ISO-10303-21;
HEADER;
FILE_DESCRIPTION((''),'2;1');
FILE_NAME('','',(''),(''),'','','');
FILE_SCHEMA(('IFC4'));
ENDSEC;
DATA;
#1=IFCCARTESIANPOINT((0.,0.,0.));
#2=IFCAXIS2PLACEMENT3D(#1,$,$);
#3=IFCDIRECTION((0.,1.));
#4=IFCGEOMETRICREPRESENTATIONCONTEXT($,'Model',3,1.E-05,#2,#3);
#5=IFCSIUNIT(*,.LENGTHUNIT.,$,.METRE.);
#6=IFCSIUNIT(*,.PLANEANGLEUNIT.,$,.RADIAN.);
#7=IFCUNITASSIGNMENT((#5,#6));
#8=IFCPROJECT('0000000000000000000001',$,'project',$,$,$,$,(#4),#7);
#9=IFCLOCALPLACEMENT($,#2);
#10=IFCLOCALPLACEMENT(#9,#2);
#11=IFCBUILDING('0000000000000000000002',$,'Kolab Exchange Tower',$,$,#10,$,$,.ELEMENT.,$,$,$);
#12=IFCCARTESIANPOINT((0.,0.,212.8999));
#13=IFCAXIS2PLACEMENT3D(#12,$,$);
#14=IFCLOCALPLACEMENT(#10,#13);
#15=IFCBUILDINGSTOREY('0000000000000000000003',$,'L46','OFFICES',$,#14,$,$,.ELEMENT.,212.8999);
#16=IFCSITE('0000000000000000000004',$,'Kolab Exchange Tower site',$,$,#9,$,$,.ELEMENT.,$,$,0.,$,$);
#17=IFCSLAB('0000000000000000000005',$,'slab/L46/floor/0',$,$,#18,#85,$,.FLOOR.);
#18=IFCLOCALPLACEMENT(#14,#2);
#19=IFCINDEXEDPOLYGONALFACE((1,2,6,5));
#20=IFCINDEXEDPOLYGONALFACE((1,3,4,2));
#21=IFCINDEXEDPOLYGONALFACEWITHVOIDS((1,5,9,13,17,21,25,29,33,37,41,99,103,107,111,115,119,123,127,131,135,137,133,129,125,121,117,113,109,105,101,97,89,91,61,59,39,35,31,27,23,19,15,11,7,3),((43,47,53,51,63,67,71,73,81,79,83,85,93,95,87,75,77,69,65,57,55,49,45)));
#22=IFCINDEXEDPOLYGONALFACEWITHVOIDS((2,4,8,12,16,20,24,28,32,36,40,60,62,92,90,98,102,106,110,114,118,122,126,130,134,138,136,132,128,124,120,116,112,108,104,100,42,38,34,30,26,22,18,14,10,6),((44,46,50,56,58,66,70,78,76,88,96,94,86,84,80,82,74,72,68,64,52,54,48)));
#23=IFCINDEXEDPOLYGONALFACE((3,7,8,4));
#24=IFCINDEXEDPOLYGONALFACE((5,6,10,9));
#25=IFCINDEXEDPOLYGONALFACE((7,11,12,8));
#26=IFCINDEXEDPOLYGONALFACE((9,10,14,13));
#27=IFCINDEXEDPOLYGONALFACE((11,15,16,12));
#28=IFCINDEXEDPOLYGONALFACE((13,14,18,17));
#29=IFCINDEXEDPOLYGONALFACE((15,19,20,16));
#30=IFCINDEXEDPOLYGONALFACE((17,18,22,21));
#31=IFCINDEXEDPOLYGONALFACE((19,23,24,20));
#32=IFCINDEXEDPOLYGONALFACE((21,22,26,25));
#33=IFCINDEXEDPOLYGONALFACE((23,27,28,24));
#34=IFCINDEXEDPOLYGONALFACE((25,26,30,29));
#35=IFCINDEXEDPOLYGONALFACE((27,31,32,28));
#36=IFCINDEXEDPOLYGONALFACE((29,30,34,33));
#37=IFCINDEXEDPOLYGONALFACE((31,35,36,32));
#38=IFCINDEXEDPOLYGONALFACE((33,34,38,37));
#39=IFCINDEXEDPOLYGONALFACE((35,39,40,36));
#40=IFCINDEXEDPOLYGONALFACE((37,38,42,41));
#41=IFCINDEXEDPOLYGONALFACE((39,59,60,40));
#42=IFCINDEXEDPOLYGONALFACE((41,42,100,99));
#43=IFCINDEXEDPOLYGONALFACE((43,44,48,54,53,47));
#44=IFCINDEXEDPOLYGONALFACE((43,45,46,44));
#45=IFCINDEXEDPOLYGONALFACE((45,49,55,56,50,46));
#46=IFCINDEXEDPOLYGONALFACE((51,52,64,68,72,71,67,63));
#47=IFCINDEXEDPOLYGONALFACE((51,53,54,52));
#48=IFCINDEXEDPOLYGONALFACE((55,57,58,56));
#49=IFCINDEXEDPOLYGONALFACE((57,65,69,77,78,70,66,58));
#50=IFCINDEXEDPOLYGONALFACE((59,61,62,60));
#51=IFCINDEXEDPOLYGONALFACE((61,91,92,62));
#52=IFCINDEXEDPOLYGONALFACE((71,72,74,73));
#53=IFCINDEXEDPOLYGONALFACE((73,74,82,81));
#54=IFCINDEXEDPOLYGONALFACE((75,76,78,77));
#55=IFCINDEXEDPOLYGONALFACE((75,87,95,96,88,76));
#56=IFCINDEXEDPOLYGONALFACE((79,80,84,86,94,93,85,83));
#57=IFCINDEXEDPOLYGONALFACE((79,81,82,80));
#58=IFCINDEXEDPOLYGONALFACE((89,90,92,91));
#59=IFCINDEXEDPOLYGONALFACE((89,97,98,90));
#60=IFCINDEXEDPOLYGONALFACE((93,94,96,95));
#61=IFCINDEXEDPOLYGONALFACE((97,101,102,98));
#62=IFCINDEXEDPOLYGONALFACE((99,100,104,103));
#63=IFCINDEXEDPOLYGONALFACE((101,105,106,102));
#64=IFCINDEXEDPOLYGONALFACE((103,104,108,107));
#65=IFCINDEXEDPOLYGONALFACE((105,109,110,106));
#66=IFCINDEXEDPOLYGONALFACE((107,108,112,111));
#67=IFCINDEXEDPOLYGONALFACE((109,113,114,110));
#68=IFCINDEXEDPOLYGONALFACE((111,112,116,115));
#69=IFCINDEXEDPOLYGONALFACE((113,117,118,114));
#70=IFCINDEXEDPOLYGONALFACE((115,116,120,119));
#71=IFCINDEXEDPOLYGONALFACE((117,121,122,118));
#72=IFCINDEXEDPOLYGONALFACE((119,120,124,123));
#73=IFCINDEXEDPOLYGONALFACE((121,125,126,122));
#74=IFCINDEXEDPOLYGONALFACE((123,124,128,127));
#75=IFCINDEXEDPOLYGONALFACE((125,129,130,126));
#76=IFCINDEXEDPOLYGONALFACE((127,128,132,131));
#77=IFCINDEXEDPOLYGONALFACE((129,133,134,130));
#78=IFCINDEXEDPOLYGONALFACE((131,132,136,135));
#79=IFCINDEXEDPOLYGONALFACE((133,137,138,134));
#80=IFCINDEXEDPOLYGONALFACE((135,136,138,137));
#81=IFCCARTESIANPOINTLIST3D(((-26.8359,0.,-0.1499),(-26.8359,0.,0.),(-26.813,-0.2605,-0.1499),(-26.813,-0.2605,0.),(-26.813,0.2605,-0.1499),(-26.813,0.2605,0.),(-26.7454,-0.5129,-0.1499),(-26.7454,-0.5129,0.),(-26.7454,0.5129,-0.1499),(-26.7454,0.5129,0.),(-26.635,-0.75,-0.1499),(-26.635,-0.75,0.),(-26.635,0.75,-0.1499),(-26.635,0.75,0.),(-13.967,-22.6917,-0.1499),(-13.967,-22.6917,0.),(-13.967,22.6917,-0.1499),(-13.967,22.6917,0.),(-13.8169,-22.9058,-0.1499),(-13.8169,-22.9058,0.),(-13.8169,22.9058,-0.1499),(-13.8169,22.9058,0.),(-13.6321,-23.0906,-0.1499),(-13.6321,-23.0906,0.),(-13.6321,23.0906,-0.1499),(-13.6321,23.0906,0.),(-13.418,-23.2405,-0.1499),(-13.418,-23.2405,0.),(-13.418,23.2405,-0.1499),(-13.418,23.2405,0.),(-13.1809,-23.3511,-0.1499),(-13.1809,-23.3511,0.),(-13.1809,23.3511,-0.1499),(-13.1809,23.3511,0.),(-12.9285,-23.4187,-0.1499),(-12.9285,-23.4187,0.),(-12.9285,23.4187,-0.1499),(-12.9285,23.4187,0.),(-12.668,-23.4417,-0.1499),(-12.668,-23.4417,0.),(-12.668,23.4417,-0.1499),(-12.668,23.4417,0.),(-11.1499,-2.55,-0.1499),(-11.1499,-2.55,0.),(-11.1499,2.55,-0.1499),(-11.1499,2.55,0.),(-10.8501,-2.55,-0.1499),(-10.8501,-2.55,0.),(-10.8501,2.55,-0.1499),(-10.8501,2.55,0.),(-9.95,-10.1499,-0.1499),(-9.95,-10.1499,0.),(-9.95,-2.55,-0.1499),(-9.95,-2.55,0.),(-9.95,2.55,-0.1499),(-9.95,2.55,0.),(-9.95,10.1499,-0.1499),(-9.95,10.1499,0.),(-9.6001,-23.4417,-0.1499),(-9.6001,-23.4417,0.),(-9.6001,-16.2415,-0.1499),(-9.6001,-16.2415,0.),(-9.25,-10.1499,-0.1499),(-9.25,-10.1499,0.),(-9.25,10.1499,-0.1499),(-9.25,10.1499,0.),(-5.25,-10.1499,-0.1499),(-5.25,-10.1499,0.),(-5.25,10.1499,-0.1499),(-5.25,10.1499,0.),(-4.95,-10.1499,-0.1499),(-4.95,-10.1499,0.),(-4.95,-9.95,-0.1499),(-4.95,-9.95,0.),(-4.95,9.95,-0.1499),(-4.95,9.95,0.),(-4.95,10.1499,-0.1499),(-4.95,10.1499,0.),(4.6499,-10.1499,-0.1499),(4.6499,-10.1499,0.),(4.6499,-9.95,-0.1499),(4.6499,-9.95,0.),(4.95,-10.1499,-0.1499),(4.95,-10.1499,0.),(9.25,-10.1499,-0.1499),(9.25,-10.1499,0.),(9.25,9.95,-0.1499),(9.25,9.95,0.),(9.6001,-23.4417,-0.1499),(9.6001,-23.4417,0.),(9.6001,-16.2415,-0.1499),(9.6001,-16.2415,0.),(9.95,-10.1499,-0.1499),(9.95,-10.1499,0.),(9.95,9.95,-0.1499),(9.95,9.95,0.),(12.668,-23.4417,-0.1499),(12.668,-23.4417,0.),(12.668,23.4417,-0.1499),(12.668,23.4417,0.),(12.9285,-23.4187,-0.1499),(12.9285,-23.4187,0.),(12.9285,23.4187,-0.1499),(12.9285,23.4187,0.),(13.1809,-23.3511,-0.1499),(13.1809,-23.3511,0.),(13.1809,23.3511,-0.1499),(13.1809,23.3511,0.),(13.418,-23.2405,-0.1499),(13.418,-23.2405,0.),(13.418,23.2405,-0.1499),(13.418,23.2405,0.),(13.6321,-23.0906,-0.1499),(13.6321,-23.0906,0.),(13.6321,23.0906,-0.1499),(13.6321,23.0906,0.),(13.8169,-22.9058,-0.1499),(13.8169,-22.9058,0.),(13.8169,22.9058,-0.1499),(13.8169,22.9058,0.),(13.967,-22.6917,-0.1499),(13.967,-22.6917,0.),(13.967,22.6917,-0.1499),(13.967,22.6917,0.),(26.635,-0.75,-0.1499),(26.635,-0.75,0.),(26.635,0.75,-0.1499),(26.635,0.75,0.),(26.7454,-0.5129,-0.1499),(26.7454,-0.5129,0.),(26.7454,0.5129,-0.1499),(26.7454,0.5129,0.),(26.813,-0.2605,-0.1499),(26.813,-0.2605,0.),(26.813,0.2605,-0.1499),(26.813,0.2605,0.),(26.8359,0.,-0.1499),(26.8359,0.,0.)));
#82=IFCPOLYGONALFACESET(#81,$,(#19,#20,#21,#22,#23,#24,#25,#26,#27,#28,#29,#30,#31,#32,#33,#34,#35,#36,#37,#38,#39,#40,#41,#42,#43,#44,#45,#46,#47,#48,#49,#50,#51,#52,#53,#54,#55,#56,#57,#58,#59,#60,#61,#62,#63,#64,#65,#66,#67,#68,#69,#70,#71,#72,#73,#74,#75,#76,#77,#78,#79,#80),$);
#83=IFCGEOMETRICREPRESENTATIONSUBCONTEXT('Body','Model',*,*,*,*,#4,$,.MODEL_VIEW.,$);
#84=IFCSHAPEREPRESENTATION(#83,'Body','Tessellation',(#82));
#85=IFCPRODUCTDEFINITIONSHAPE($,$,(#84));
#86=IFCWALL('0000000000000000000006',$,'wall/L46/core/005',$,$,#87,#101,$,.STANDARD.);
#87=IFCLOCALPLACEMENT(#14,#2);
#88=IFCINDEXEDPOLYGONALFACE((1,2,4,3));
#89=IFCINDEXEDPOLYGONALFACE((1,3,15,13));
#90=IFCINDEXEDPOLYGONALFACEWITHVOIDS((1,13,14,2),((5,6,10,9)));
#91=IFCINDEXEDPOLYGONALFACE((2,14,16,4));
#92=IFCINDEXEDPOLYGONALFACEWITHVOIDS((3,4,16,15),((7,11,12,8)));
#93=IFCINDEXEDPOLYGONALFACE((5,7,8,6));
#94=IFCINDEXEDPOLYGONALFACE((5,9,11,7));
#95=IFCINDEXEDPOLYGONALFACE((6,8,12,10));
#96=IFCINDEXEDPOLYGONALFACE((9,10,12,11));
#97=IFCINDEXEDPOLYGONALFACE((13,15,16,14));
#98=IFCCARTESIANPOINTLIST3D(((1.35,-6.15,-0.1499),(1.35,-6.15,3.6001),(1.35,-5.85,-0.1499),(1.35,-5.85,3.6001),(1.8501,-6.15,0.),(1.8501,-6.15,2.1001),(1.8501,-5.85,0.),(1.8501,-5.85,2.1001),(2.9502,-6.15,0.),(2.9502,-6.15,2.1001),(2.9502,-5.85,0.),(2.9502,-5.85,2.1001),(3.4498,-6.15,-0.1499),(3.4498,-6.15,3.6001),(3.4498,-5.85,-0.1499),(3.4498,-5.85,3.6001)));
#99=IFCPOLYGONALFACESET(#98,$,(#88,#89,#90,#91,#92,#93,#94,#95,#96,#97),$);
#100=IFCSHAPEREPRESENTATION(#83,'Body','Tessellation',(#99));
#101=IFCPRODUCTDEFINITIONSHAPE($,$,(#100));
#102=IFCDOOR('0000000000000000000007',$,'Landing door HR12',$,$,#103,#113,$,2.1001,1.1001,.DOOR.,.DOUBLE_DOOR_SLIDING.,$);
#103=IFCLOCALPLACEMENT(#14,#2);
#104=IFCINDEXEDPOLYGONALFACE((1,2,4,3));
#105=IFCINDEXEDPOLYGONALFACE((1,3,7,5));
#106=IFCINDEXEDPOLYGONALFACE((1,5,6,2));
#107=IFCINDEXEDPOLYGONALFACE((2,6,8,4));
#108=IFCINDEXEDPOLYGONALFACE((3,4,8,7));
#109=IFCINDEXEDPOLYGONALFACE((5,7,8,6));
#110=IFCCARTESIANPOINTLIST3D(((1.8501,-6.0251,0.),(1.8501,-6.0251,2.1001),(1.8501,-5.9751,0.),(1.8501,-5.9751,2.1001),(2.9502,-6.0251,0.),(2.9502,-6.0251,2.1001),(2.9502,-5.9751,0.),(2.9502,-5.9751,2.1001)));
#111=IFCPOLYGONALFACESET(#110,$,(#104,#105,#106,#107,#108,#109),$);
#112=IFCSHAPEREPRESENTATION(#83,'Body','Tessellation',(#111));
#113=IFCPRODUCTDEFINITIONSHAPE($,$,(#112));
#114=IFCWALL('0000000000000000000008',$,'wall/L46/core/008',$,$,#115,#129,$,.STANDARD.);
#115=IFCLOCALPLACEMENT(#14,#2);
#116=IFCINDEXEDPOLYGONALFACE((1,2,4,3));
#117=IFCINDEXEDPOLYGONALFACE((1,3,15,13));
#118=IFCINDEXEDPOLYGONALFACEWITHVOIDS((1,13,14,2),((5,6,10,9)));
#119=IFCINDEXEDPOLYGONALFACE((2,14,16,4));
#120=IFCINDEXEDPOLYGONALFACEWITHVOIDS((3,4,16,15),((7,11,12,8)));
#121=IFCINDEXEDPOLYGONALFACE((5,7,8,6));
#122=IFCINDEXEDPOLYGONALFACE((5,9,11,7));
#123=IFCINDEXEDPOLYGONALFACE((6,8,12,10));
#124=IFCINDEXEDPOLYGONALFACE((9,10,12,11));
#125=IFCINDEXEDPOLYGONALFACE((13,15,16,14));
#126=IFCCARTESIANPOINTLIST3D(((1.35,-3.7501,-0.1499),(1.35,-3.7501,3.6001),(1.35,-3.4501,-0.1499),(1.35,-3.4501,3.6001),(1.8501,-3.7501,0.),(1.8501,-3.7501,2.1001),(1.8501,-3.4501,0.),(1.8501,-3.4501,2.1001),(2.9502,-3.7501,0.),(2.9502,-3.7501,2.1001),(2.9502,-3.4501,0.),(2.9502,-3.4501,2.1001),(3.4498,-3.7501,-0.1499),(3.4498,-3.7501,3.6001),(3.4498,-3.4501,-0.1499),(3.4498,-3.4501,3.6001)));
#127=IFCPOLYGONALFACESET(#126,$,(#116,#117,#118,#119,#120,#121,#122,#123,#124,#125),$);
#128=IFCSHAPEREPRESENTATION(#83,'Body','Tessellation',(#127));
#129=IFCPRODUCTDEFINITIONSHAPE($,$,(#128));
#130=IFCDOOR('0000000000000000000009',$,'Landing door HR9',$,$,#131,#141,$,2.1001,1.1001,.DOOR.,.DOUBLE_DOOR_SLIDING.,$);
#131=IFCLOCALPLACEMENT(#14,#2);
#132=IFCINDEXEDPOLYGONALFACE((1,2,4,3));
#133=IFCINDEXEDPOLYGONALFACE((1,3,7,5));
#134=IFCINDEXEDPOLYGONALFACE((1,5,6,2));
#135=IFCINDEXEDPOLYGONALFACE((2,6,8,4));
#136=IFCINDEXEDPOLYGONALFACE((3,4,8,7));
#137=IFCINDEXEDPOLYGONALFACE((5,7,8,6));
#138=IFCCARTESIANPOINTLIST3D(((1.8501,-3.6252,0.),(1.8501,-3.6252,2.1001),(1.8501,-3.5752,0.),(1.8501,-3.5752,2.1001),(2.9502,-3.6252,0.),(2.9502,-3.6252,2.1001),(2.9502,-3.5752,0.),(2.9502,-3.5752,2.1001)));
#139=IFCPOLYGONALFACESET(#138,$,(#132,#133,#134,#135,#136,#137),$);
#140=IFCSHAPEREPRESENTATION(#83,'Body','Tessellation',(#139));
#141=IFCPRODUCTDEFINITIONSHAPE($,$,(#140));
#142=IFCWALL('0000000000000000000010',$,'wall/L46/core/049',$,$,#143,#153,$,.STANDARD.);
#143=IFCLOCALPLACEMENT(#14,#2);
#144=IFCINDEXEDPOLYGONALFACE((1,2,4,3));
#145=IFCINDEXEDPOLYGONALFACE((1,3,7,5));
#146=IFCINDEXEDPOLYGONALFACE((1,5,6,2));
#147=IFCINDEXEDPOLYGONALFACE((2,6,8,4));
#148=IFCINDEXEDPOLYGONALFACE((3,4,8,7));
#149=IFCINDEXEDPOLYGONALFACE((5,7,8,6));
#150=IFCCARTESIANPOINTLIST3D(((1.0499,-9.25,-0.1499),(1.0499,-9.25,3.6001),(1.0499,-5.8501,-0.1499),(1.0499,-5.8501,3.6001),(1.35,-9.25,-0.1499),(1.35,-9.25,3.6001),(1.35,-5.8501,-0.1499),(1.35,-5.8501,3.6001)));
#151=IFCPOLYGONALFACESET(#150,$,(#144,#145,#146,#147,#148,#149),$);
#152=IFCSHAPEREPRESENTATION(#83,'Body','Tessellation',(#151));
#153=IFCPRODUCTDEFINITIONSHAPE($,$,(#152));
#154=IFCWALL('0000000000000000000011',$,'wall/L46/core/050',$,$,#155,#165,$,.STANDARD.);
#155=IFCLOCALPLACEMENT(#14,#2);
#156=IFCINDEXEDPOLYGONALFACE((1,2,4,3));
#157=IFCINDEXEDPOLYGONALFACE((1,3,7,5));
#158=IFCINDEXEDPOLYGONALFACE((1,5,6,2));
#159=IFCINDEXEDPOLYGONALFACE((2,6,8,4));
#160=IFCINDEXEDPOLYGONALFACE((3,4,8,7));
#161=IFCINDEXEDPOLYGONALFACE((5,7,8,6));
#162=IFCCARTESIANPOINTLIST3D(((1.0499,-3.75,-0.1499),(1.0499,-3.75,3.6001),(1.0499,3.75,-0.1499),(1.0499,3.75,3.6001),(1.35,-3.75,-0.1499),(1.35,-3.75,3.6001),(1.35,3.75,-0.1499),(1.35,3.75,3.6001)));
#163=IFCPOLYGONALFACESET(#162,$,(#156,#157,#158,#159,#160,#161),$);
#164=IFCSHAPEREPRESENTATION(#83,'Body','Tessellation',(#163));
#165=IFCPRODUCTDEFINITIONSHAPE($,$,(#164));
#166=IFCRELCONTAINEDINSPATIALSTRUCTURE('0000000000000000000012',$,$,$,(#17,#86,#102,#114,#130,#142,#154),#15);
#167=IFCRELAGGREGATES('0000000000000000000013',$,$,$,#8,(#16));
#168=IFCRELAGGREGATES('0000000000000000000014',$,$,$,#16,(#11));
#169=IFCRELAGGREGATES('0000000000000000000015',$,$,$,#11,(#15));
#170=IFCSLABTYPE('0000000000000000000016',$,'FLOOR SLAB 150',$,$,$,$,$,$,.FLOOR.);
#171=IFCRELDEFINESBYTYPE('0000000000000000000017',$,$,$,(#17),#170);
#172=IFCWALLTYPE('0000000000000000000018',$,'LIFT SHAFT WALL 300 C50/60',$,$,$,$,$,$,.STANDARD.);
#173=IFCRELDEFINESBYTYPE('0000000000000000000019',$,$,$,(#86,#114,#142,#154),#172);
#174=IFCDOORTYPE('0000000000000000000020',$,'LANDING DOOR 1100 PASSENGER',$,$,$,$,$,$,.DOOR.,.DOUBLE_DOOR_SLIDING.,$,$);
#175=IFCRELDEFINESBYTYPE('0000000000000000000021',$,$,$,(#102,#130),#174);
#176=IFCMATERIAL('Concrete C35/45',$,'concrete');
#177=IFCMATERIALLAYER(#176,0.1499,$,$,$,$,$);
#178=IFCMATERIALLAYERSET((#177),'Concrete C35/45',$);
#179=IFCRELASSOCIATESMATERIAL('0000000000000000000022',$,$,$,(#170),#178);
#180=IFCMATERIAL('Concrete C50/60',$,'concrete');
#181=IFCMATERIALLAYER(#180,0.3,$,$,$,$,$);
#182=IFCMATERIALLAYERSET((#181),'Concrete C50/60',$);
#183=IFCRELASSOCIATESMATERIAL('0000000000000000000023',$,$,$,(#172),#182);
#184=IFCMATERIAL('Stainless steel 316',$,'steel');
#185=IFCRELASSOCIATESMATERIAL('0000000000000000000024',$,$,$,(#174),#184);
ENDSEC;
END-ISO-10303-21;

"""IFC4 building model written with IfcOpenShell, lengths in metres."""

from ifc_helpers import new_model, si_unit, direction, frame, frame_2d, origin, place, context, subcontext, project, spatial, polyline, rectangle, outline, extrude, material, layer, layer_set, type_object, element, fill, save


model = new_model("IFC4")

# Units and contexts
model_context = context("Model", 3, precision=1e-05, world=origin(), true_north=direction((0.0, 1.0)))
body_context = subcontext(model_context, "Body", "Model", "MODEL_VIEW")
ifc_project = project(units=[si_unit("LENGTHUNIT", "METRE"), si_unit("PLANEANGLEUNIT", "RADIAN")], contexts=[model_context])

# Site, building, storey
site_placement = place(None, origin())
site = spatial("IfcSite", under=ifc_project, at=site_placement, Name="Kolab Exchange Tower site", CompositionType="ELEMENT", RefElevation=0.0)
building_placement = place(site_placement, origin())
building = spatial("IfcBuilding", under=site, at=building_placement, Name="Kolab Exchange Tower", CompositionType="ELEMENT")
storey_placement = place(building_placement, frame((0.0, 0.0, 212.8999)))
storey = spatial("IfcBuildingStorey", under=building, at=storey_placement, Name="L46", Description="OFFICES", CompositionType="ELEMENT", Elevation=212.8999)

# Slab
ifc_material_1 = material(Name="Concrete C35/45", Category="concrete")
ifc_layer_1 = layer(ifc_material_1, 0.1499)
ifc_layer_set_1 = layer_set([ifc_layer_1], Name="Concrete C35/45")
slab_type = type_object("IfcSlabType", Name="FLOOR SLAB 150", PredefinedType="FLOOR", material=ifc_layer_set_1)
slab_placement = place(storey_placement, frame((0.0, 0.0, -0.1499)))
element("IfcSlab", 1, at=slab_placement, inside=storey, type_object=slab_type, Name="slab/L46/floor/0", PredefinedType="FLOOR", context=body_context, shape_type="SweptSolid", body=[
    extrude(outline(polyline([(-12.668, -23.4417), (-9.6001, -23.4417), (-9.6001, -16.2415), (9.6001, -16.2415), (9.6001, -23.4417), (12.668, -23.4417), (12.9285, -23.4187), (13.1809, -23.3511), (13.418, -23.2405), (13.6321, -23.0906), (13.8169, -22.9058), (13.967, -22.6917), (26.635, -0.75), (26.7454, -0.5129), (26.813, -0.2605), (26.8359, 0.0), (26.813, 0.2605), (26.7454, 0.5129), (26.635, 0.75), (13.967, 22.6917), (13.8169, 22.9058), (13.6321, 23.0906), (13.418, 23.2405), (13.1809, 23.3511), (12.9285, 23.4187), (12.668, 23.4417), (-12.668, 23.4417), (-12.9285, 23.4187), (-13.1809, 23.3511), (-13.418, 23.2405), (-13.6321, 23.0906), (-13.8169, 22.9058), (-13.967, 22.6917), (-26.635, 0.75), (-26.7454, 0.5129), (-26.813, 0.2605), (-26.8359, 0.0), (-26.813, -0.2605), (-26.7454, -0.5129), (-26.635, -0.75), (-13.967, -22.6917), (-13.8169, -22.9058), (-13.6321, -23.0906), (-13.418, -23.2405), (-13.1809, -23.3511), (-12.9285, -23.4187), (-12.668, -23.4417)]), holes=[polyline([(-9.25, -10.1499), (-9.95, -10.1499), (-9.95, -2.55), (-10.8501, -2.55), (-11.1499, -2.55), (-11.1499, 2.55), (-10.8501, 2.55), (-9.95, 2.55), (-9.95, 10.1499), (-9.25, 10.1499), (-5.25, 10.1499), (-4.95, 10.1499), (-4.95, 9.95), (9.25, 9.95), (9.95, 9.95), (9.95, -10.1499), (9.25, -10.1499), (4.95, -10.1499), (4.6499, -10.1499), (4.6499, -9.95), (-4.95, -9.95), (-4.95, -10.1499), (-5.25, -10.1499), (-9.25, -10.1499)])]), origin(), (0.0, 0.0, 1.0), 0.1499),
])

# Walls, openings, doors
ifc_material_2 = material(Name="Concrete C50/60", Category="concrete")
ifc_layer_2 = layer(ifc_material_2, 0.3)
ifc_layer_set_2 = layer_set([ifc_layer_2], Name="Concrete C50/60")
wall_type_1 = type_object("IfcWallType", Name="LIFT SHAFT WALL 300 C50/60", PredefinedType="STANDARD", material=ifc_layer_set_2)
wall_1_placement = place(storey_placement, frame((1.3501, -6.0, -0.1499), z_axis=(0.0, 0.0, 1.0), x_axis=(1.0, 0.0, 0.0)))
wall_1 = element("IfcWall", 2, at=wall_1_placement, inside=storey, type_object=wall_type_1, Name="wall/L46/core/005", PredefinedType="STANDARD", context=body_context, shape_type="SweptSolid", body=[
    extrude(rectangle(XDim=2.0999, YDim=0.3, at=frame_2d((1.0498, 0.0))), origin(), (0.0, 0.0, 1.0), 3.75),
])
opening_1_placement = place(wall_1_placement, frame((0.5, 0.0, 0.1499)))
opening_1 = element("IfcOpeningElement", 3, at=opening_1_placement, cuts=wall_1, PredefinedType="OPENING", context=body_context, shape_type="SweptSolid", body=[
    extrude(rectangle(XDim=1.1001, YDim=2.1001, at=frame_2d((0.55, 1.05))), frame((0.0, 0.1602, 0.0), z_axis=(0.0, -1.0, 0.0), x_axis=(1.0, 0.0, 0.0)), (0.0, 0.0, 1.0), 0.3201),
])
ifc_material_3 = material(Name="Stainless steel 316", Category="steel")
door_type_1 = type_object("IfcDoorType", Name="LANDING DOOR 1100 PASSENGER", OperationType="DOUBLE_DOOR_SLIDING", PredefinedType="DOOR", material=ifc_material_3)
door_1_placement = place(opening_1_placement, origin())
door_1 = element("IfcDoor", 4, at=door_1_placement, inside=storey, type_object=door_type_1, Name="Landing door HR12", OperationType="DOUBLE_DOOR_SLIDING", OverallHeight=2.1001, OverallWidth=1.1001, PredefinedType="DOOR", context=body_context, shape_type="SweptSolid", body=[
    extrude(rectangle(XDim=1.1001, YDim=2.1001, at=frame_2d((0.55, 1.05))), frame((0.0, 0.0249, 0.0), z_axis=(0.0, -1.0, 0.0), x_axis=(1.0, 0.0, 0.0)), (0.0, 0.0, 1.0), 0.05),
])
fill(opening_1, door_1)
wall_2_placement = place(storey_placement, frame((1.3501, -3.6001, -0.1499), z_axis=(0.0, 0.0, 1.0), x_axis=(1.0, 0.0, 0.0)))
wall_2 = element("IfcWall", 5, at=wall_2_placement, inside=storey, type_object=wall_type_1, Name="wall/L46/core/008", PredefinedType="STANDARD", context=body_context, shape_type="SweptSolid", body=[
    extrude(rectangle(XDim=2.0999, YDim=0.3, at=frame_2d((1.0498, 0.0))), origin(), (0.0, 0.0, 1.0), 3.75),
])
opening_2_placement = place(wall_2_placement, frame((0.5, 0.0, 0.1499)))
opening_2 = element("IfcOpeningElement", 6, at=opening_2_placement, cuts=wall_2, PredefinedType="OPENING", context=body_context, shape_type="SweptSolid", body=[
    extrude(rectangle(XDim=1.1001, YDim=2.1001, at=frame_2d((0.55, 1.05))), frame((0.0, 0.1602, 0.0), z_axis=(0.0, -1.0, 0.0), x_axis=(1.0, 0.0, 0.0)), (0.0, 0.0, 1.0), 0.3201),
])
door_2_placement = place(opening_2_placement, origin())
door_2 = element("IfcDoor", 7, at=door_2_placement, inside=storey, type_object=door_type_1, Name="Landing door HR9", OperationType="DOUBLE_DOOR_SLIDING", OverallHeight=2.1001, OverallWidth=1.1001, PredefinedType="DOOR", context=body_context, shape_type="SweptSolid", body=[
    extrude(rectangle(XDim=1.1001, YDim=2.1001, at=frame_2d((0.55, 1.05))), frame((0.0, 0.0249, 0.0), z_axis=(0.0, -1.0, 0.0), x_axis=(1.0, 0.0, 0.0)), (0.0, 0.0, 1.0), 0.05),
])
fill(opening_2, door_2)

# Walls
wall_3_placement = place(storey_placement, frame((1.2, -9.25, -0.1499), z_axis=(0.0, 0.0, 1.0), x_axis=(0.0, 1.0, 0.0)))
element("IfcWall", 8, at=wall_3_placement, inside=storey, type_object=wall_type_1, Name="wall/L46/core/049", PredefinedType="STANDARD", context=body_context, shape_type="SweptSolid", body=[
    extrude(rectangle(XDim=3.3999, YDim=0.3, at=frame_2d((1.7, 0.0))), origin(), (0.0, 0.0, 1.0), 3.75),
])
wall_4_placement = place(storey_placement, frame((1.2, -3.75, -0.1499), z_axis=(0.0, 0.0, 1.0), x_axis=(0.0, 1.0, 0.0)))
element("IfcWall", 9, at=wall_4_placement, inside=storey, type_object=wall_type_1, Name="wall/L46/core/050", PredefinedType="STANDARD", context=body_context, shape_type="SweptSolid", body=[
    extrude(rectangle(XDim=7.5, YDim=0.3, at=frame_2d((3.75, 0.0))), origin(), (0.0, 0.0, 1.0), 3.75),
])

save(model, "model.ifc")
